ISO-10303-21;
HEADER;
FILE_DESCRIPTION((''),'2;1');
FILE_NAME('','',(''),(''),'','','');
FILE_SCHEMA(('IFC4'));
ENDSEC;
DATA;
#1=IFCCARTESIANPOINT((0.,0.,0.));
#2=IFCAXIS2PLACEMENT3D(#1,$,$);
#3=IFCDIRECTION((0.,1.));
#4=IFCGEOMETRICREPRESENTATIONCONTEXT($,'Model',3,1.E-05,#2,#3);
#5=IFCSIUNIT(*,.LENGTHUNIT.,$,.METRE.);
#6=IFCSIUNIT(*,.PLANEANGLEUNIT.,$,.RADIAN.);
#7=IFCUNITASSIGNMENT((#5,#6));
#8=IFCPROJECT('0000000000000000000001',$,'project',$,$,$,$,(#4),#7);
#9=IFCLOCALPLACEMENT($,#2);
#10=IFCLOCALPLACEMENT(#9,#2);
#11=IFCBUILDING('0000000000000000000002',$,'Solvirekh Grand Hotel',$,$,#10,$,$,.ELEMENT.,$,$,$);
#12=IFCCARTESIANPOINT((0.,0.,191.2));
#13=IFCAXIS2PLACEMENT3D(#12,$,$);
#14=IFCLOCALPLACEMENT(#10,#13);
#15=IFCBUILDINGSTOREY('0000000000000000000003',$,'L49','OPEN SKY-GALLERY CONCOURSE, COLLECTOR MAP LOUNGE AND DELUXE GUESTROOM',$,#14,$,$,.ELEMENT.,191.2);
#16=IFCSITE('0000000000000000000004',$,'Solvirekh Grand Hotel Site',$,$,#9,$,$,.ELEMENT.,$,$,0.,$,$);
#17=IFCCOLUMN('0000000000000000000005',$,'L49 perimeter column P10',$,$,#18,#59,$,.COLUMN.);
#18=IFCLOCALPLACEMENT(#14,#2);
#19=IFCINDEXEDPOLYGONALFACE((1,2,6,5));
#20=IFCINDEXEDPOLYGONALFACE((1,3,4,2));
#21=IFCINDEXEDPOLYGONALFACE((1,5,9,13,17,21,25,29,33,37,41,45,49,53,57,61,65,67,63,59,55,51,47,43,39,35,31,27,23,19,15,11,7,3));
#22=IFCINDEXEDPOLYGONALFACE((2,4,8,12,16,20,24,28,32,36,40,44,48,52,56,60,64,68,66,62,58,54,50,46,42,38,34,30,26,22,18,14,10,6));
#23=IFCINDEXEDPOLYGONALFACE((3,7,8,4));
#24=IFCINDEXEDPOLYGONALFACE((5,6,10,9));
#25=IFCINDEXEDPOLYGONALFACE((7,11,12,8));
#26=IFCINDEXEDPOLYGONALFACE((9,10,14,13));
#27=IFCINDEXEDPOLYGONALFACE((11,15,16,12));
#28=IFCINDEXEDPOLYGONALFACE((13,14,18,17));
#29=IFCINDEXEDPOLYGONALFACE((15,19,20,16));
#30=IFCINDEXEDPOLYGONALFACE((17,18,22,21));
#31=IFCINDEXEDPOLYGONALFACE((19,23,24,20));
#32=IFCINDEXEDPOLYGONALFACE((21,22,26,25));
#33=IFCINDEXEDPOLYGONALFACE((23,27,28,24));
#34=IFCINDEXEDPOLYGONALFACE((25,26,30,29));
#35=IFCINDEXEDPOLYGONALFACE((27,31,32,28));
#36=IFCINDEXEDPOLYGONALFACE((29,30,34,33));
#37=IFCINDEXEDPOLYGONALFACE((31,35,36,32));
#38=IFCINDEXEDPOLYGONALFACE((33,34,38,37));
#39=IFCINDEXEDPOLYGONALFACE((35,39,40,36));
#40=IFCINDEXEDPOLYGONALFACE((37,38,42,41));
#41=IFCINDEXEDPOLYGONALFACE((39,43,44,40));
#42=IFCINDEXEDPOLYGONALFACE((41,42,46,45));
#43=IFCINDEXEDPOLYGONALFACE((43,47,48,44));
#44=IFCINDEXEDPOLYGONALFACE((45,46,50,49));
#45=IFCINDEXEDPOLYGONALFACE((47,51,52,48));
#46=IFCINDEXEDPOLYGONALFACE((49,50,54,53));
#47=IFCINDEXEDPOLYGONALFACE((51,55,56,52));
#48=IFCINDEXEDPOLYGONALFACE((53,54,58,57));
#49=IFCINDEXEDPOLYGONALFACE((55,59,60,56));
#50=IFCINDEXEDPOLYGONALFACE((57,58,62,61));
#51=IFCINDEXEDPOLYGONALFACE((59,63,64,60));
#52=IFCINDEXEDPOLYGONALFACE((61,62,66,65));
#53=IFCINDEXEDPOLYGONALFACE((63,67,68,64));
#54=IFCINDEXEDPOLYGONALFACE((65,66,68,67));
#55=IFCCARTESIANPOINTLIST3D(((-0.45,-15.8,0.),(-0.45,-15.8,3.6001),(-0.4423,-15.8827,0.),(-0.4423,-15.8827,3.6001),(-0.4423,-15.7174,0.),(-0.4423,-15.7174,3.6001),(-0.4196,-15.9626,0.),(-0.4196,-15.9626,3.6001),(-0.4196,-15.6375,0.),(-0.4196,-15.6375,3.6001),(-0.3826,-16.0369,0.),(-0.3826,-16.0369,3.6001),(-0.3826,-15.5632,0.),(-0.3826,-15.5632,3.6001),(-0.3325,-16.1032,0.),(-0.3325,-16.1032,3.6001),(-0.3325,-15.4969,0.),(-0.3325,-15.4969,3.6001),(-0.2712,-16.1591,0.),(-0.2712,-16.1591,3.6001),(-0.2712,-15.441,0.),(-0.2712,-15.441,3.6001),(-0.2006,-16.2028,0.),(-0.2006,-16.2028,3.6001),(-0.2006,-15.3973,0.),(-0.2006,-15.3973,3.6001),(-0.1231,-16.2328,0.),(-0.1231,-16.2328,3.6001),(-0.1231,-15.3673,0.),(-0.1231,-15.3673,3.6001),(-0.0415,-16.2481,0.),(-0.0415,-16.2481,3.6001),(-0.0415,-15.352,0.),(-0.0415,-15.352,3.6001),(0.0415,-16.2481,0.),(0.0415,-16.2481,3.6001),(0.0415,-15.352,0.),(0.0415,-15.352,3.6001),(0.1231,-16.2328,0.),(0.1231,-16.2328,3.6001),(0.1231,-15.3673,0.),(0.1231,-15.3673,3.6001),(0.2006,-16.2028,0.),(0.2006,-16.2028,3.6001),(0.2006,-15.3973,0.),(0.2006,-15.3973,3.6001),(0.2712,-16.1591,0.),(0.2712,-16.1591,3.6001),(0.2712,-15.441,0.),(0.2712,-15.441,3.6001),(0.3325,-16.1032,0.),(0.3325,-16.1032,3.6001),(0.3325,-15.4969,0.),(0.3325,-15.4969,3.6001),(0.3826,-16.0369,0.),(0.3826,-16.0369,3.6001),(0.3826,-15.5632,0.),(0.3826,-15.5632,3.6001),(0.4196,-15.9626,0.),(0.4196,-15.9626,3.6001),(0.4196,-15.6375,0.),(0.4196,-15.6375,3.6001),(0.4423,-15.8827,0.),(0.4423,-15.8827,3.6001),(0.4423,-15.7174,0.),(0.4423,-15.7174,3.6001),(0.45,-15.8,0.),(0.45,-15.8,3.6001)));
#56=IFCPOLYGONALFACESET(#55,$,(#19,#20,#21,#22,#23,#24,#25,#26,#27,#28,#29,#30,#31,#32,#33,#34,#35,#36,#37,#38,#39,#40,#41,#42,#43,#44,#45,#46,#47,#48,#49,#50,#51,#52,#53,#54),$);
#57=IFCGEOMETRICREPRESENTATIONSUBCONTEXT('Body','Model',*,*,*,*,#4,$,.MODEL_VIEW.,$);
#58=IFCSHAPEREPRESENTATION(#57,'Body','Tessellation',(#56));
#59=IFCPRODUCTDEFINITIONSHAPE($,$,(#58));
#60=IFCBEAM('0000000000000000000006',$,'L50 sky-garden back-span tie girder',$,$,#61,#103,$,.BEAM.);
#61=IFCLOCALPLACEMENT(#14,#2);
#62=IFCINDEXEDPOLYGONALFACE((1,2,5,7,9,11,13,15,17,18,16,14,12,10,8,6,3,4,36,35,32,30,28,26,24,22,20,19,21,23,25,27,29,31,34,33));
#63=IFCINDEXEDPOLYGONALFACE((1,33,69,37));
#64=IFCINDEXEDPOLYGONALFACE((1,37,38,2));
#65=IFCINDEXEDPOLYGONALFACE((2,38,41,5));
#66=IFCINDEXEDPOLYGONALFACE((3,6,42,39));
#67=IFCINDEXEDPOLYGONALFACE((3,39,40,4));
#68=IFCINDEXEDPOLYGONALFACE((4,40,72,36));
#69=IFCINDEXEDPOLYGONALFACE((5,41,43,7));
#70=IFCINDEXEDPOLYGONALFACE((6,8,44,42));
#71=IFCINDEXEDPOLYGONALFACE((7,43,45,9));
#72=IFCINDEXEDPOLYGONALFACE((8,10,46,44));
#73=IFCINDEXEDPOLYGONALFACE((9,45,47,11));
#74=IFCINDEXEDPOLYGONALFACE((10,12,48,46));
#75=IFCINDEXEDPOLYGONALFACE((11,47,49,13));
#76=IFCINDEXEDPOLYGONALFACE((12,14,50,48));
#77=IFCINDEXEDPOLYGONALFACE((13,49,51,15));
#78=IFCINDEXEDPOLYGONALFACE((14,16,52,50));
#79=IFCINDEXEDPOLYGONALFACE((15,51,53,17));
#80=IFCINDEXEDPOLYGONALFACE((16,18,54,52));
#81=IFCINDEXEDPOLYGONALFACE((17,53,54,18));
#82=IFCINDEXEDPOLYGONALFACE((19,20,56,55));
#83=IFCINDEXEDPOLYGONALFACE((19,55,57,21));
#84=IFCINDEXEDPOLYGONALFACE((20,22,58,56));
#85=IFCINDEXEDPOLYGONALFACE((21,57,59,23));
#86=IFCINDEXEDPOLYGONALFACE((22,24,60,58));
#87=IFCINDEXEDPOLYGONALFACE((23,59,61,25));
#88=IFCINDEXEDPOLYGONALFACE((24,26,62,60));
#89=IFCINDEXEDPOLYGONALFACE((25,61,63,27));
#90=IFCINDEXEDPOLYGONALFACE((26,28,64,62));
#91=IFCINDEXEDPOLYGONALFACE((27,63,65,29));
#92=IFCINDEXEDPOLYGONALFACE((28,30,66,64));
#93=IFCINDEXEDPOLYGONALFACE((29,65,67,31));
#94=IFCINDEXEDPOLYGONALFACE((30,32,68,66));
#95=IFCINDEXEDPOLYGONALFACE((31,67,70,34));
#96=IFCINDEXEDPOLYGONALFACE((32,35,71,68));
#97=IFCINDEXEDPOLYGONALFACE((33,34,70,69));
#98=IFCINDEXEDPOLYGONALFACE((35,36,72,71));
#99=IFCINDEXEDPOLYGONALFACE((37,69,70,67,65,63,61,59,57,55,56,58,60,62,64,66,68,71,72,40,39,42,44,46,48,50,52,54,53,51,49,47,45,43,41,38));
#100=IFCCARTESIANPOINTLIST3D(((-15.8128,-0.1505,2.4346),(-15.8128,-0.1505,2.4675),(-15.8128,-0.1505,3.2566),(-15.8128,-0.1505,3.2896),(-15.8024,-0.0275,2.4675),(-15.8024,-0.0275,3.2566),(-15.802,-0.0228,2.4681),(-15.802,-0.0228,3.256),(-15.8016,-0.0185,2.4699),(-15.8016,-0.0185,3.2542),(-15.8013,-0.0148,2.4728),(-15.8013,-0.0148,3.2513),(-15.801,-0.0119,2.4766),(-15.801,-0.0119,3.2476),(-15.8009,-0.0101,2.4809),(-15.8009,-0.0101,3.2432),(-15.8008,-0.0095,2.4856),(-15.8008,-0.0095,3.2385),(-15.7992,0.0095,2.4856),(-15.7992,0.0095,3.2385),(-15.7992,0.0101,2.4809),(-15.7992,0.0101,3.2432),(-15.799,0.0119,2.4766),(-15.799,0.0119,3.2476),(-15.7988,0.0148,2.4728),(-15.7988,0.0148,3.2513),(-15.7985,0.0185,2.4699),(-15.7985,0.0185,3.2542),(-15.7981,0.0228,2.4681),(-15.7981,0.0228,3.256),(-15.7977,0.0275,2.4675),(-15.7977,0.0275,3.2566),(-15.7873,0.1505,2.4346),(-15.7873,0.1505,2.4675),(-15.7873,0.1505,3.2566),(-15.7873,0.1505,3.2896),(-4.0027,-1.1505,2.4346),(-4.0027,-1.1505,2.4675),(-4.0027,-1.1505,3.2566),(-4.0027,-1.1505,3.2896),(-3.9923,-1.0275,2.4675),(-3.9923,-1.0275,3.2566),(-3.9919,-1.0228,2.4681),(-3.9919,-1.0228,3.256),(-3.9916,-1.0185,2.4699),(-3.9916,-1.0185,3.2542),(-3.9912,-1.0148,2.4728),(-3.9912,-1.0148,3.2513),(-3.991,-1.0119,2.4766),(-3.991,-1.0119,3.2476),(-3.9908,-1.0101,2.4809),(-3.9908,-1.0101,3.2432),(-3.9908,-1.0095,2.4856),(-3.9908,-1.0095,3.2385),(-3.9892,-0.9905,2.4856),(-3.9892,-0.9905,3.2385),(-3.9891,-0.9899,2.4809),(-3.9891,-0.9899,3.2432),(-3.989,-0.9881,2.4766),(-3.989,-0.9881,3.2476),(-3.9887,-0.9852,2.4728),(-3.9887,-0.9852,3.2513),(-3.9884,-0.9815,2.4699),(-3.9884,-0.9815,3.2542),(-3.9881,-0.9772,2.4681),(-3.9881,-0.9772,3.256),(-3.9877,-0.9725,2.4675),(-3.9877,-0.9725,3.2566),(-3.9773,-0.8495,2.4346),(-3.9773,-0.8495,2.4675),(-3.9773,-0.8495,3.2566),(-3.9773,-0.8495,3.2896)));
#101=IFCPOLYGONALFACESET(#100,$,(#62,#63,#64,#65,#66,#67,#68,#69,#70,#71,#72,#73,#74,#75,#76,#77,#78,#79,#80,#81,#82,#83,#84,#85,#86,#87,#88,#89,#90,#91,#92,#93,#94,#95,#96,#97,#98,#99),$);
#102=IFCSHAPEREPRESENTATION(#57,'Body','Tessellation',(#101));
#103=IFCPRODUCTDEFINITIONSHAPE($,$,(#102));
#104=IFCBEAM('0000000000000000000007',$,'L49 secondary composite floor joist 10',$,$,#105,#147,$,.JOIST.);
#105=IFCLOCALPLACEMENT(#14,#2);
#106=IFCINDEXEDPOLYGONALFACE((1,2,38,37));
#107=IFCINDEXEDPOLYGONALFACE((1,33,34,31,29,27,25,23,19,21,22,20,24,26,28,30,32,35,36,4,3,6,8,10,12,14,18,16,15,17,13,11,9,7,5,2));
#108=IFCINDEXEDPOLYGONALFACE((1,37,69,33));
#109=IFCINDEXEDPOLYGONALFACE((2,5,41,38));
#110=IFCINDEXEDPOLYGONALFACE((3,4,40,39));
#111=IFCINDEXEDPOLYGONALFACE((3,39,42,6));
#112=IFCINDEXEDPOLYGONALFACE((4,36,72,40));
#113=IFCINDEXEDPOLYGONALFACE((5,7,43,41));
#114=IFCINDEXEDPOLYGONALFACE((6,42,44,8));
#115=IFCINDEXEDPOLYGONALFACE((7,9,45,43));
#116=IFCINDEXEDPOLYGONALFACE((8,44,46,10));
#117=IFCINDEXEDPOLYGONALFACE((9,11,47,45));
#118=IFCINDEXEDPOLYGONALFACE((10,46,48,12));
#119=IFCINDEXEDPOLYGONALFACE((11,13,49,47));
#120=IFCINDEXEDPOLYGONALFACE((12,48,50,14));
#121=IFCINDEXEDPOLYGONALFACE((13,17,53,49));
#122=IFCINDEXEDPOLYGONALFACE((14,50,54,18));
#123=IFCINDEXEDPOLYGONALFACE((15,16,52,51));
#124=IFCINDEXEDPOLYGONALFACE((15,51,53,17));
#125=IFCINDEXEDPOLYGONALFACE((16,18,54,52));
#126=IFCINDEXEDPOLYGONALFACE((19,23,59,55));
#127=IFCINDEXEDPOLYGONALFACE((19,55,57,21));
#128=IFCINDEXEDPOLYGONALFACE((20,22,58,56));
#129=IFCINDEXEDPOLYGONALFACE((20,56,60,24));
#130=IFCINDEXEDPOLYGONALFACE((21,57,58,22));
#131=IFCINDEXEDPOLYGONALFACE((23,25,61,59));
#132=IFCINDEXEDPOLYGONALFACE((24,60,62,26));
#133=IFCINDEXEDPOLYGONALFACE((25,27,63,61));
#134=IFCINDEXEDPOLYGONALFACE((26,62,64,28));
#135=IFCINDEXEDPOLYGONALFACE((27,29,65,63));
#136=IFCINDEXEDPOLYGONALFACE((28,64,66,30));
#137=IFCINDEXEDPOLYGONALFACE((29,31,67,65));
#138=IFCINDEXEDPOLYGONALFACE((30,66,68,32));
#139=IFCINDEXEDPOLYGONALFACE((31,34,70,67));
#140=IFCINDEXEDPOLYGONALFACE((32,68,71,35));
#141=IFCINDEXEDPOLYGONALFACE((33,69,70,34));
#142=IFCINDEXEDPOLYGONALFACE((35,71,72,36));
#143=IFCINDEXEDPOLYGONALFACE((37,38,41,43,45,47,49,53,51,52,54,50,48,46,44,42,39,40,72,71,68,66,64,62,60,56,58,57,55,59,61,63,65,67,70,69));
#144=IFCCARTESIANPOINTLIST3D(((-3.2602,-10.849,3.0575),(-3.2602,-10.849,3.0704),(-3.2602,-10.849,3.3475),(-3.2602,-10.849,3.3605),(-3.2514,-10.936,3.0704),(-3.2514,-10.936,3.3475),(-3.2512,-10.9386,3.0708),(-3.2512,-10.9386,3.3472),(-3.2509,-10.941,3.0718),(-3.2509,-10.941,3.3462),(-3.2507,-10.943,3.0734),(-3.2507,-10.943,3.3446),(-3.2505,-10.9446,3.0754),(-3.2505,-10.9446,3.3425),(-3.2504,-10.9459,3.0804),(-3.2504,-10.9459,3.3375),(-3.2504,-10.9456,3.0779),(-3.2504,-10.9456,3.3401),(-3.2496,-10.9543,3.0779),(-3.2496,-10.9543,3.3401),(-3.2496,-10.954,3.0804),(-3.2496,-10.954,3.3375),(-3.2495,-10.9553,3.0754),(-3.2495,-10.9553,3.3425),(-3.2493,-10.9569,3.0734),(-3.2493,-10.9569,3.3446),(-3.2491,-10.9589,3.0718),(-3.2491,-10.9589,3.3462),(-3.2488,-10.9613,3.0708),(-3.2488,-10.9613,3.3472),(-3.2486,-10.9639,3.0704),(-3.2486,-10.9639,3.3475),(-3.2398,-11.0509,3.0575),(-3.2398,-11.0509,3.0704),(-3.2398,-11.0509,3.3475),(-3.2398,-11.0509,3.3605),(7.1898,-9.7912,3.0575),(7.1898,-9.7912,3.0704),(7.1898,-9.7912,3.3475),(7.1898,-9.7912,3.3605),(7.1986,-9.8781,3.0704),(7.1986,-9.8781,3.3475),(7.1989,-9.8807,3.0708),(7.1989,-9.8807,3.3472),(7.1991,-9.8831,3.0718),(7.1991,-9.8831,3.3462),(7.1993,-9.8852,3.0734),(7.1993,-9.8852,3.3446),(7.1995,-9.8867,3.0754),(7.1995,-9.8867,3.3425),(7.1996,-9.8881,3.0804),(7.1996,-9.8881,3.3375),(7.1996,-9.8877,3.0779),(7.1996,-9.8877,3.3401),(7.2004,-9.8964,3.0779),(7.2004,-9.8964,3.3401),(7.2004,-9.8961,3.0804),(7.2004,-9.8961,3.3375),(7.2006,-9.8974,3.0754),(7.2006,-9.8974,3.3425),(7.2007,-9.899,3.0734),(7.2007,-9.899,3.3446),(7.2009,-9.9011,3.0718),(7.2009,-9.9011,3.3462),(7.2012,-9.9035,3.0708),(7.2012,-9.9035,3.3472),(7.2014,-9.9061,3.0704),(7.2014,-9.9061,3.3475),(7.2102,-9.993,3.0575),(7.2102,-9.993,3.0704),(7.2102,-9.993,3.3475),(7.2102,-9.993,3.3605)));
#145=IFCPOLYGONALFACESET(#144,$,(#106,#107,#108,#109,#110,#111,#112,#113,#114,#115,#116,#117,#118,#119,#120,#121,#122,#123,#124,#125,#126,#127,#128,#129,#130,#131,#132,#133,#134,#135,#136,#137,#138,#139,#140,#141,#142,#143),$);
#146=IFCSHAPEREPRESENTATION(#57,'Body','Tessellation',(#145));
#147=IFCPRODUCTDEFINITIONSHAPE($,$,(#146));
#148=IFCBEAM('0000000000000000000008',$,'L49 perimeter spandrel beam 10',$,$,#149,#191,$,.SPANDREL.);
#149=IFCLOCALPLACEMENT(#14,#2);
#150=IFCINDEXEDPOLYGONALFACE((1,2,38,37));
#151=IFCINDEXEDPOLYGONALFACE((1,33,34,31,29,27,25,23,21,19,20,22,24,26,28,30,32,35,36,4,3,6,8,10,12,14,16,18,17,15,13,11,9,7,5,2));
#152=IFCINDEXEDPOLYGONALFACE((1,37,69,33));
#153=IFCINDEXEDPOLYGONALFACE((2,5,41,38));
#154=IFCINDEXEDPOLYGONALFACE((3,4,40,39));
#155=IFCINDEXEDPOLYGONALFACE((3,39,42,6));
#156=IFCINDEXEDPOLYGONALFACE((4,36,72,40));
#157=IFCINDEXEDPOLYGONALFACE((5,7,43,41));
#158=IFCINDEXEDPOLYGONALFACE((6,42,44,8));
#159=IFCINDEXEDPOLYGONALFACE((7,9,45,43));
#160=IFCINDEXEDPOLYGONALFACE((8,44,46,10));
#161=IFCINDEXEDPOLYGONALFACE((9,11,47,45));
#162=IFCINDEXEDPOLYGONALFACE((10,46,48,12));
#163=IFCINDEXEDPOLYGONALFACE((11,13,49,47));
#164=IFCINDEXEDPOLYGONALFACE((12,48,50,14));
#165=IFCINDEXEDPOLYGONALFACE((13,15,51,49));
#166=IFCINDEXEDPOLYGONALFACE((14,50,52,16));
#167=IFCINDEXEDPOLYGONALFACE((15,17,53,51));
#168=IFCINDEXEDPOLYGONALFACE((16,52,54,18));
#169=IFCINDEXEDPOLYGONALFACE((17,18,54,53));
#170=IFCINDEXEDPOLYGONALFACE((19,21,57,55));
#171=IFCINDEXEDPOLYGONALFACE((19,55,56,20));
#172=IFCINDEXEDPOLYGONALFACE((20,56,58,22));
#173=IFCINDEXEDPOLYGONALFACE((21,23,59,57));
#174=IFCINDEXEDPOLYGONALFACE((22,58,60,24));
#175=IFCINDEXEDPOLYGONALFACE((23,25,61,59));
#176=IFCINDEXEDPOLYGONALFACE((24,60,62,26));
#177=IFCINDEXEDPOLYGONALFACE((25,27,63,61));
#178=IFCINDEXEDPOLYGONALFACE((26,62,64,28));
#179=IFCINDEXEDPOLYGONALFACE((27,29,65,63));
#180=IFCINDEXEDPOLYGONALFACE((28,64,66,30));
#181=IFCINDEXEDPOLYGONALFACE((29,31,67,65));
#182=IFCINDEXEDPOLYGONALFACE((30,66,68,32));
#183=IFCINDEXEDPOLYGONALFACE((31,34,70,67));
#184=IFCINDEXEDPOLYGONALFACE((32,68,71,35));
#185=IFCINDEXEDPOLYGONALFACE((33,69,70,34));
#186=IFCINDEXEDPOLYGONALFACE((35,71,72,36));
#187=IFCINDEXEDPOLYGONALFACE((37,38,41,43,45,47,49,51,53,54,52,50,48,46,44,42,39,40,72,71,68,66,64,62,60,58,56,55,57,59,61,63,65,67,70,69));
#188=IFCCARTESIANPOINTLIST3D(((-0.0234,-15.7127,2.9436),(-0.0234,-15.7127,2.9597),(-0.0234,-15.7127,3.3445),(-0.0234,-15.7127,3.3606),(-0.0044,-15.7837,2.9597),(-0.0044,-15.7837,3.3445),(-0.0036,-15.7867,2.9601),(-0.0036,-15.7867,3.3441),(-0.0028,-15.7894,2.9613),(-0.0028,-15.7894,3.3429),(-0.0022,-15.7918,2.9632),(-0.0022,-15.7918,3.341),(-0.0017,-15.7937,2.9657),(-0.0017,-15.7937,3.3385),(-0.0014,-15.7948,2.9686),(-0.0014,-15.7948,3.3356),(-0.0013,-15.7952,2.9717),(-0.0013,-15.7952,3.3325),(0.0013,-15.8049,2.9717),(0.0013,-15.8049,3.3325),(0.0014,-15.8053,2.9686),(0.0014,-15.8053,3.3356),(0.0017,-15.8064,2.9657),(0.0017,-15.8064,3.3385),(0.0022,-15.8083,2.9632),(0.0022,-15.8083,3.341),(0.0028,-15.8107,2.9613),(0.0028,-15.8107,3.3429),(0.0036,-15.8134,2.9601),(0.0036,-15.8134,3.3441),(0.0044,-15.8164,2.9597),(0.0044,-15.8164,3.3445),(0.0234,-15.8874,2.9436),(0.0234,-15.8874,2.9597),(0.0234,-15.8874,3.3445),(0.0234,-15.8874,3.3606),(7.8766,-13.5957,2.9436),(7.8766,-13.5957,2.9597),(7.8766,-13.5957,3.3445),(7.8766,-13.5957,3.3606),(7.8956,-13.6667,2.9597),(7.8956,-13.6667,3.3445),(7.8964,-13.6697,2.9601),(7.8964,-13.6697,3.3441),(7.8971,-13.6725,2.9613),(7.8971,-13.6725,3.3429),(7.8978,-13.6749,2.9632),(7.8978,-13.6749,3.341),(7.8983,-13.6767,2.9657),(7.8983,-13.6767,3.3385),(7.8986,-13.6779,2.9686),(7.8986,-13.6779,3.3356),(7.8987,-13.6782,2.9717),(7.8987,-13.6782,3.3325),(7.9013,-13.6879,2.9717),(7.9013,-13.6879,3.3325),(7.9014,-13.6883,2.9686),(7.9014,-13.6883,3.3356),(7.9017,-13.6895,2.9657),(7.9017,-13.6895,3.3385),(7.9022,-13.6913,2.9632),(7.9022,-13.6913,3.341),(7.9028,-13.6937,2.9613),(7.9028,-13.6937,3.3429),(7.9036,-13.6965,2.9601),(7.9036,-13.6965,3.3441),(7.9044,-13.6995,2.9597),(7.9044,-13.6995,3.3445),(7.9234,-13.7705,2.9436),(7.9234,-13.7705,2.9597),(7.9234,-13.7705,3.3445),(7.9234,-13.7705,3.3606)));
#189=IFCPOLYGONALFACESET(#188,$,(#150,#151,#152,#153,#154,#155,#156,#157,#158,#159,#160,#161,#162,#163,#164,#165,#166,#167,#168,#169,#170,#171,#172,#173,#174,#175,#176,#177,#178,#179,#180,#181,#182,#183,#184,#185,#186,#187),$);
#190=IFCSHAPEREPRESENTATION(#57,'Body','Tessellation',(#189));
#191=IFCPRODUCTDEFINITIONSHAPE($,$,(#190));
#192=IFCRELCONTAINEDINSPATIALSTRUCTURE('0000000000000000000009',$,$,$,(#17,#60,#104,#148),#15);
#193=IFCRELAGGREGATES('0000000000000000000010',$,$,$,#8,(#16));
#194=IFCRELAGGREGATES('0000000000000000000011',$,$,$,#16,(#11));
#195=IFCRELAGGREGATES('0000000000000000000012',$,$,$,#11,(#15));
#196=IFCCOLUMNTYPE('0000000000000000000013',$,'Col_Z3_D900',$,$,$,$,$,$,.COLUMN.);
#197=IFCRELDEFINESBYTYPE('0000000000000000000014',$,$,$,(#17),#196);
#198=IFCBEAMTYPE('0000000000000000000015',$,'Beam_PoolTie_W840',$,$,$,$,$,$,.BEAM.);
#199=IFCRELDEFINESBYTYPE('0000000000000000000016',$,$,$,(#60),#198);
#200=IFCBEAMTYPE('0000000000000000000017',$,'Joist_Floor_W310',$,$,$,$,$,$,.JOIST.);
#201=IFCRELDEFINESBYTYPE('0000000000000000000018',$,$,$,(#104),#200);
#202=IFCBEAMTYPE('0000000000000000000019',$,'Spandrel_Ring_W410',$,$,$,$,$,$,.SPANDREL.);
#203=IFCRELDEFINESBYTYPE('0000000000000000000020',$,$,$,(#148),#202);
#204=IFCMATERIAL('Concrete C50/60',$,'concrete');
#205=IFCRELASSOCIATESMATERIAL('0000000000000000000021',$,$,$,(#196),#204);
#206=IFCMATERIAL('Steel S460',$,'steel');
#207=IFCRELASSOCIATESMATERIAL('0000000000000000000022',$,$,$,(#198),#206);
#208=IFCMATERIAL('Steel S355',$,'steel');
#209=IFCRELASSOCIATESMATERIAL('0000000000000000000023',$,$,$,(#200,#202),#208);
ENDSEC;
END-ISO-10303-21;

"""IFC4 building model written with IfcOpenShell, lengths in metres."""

from ifc_helpers import new_model, si_unit, direction, frame, origin, origin_2d, place, context, subcontext, project, spatial, circle, i_section, extrude, material, material_profile, profile_set, type_object, element, save


model = new_model("IFC4")

# Units and contexts
model_context = context("Model", 3, precision=1e-05, world=origin(), true_north=direction((0.0, 1.0)))
body_context = subcontext(model_context, "Body", "Model", "MODEL_VIEW")
ifc_project = project(units=[si_unit("LENGTHUNIT", "METRE"), si_unit("PLANEANGLEUNIT", "RADIAN")], contexts=[model_context])

# Site, building, storey
site_placement = place(None, origin())
site = spatial("IfcSite", under=ifc_project, at=site_placement, Name="Solvirekh Grand Hotel Site", CompositionType="ELEMENT", RefElevation=0.0)
building_placement = place(site_placement, origin())
building = spatial("IfcBuilding", under=site, at=building_placement, Name="Solvirekh Grand Hotel", CompositionType="ELEMENT")
storey_placement = place(building_placement, frame((0.0, 0.0, 191.2)))
storey = spatial("IfcBuildingStorey", under=building, at=storey_placement, Name="L49", Description="OPEN SKY-GALLERY CONCOURSE, COLLECTOR MAP LOUNGE AND DELUXE GUESTROOM", CompositionType="ELEMENT", Elevation=191.2)

# Column
ifc_material_1 = material(Name="Concrete C50/60", Category="concrete")
ifc_material_profile_1 = material_profile(ifc_material_1, circle(Radius=0.45, at=origin_2d()), Name="RC CIRC D900")
ifc_profile_set_1 = profile_set([ifc_material_profile_1], Name="Concrete C50/60")
column_type = type_object("IfcColumnType", Name="Col_Z3_D900", PredefinedType="COLUMN", material=ifc_profile_set_1)
column_placement = place(storey_placement, frame((0.0, -15.8, 0.0), z_axis=(0.0, 0.0, 1.0), x_axis=(1.0, 0.0, 0.0)))
element("IfcColumn", 1, at=column_placement, inside=storey, type_object=column_type, Name="L49 perimeter column P10", PredefinedType="COLUMN", context=body_context, shape_type="SweptSolid", body=[
    extrude(circle(Radius=0.45, at=origin_2d()), origin(), (0.0, 0.0, 1.0), 3.6001),
])

# Beams
ifc_material_2 = material(Name="Steel S460", Category="steel")
ifc_material_profile_2 = material_profile(ifc_material_2, i_section(OverallWidth=0.302, OverallDepth=0.855, WebThickness=0.019, FlangeThickness=0.033, FilletRadius=0.0181, at=origin_2d()), Name="W840X299")
ifc_profile_set_2 = profile_set([ifc_material_profile_2], Name="Steel S460")
beam_type_1 = type_object("IfcBeamType", Name="Beam_PoolTie_W840", PredefinedType="BEAM", material=ifc_profile_set_2)
beam_1_placement = place(storey_placement, frame((-3.99, -1.0, 2.8621), z_axis=(-0.996434, 0.084372, 0.0), x_axis=(-0.084372, -0.996434, 0.0)))
element("IfcBeam", 2, at=beam_1_placement, inside=storey, type_object=beam_type_1, Name="L50 sky-garden back-span tie girder", PredefinedType="BEAM", context=body_context, shape_type="SweptSolid", body=[
    extrude(i_section(OverallWidth=0.302, OverallDepth=0.855, WebThickness=0.019, FlangeThickness=0.033, FilletRadius=0.0181, at=origin_2d()), origin(), (0.0, 0.0, 1.0), 11.8523),
])
ifc_material_3 = material(Name="Steel S355", Category="steel")
ifc_material_profile_3 = material_profile(ifc_material_3, i_section(OverallWidth=0.2029, OverallDepth=0.303, WebThickness=0.0081, FlangeThickness=0.0129, FilletRadius=0.01, at=origin_2d()), Name="W310X60")
ifc_profile_set_3 = profile_set([ifc_material_profile_3], Name="Steel S355")
beam_type_2 = type_object("IfcBeamType", Name="Joist_Floor_W310", PredefinedType="JOIST", material=ifc_profile_set_3)
beam_2_placement = place(storey_placement, frame((-3.25, -10.95, 3.209), z_axis=(0.994915, 0.100716, 0.0), x_axis=(-0.100716, 0.994915, 0.0)))
element("IfcBeam", 3, at=beam_2_placement, inside=storey, type_object=beam_type_2, Name="L49 secondary composite floor joist 10", PredefinedType="JOIST", context=body_context, shape_type="SweptSolid", body=[
    extrude(i_section(OverallWidth=0.2029, OverallDepth=0.303, WebThickness=0.0081, FlangeThickness=0.0129, FilletRadius=0.01, at=origin_2d()), origin(), (0.0, 0.0, 1.0), 10.5034),
])
ifc_material_profile_4 = material_profile(ifc_material_3, i_section(OverallWidth=0.1809, OverallDepth=0.417, WebThickness=0.01, FlangeThickness=0.0161, FilletRadius=0.012, at=origin_2d()), Name="W410X85")
ifc_profile_set_4 = profile_set([ifc_material_profile_4], Name="Steel S355")
beam_type_3 = type_object("IfcBeamType", Name="Spandrel_Ring_W410", PredefinedType="SPANDREL", material=ifc_profile_set_4)
beam_3_placement = place(storey_placement, frame((0.0, -15.8, 3.1521), z_axis=(0.965921, 0.258839, 0.0), x_axis=(-0.258839, 0.965921, 0.0)))
element("IfcBeam", 4, at=beam_3_placement, inside=storey, type_object=beam_type_3, Name="L49 perimeter spandrel beam 10", PredefinedType="SPANDREL", context=body_context, shape_type="SweptSolid", body=[
    extrude(i_section(OverallWidth=0.1809, OverallDepth=0.417, WebThickness=0.01, FlangeThickness=0.0161, FilletRadius=0.012, at=origin_2d()), origin(), (0.0, 0.0, 1.0), 8.1787),
])

save(model, "model.ifc")
